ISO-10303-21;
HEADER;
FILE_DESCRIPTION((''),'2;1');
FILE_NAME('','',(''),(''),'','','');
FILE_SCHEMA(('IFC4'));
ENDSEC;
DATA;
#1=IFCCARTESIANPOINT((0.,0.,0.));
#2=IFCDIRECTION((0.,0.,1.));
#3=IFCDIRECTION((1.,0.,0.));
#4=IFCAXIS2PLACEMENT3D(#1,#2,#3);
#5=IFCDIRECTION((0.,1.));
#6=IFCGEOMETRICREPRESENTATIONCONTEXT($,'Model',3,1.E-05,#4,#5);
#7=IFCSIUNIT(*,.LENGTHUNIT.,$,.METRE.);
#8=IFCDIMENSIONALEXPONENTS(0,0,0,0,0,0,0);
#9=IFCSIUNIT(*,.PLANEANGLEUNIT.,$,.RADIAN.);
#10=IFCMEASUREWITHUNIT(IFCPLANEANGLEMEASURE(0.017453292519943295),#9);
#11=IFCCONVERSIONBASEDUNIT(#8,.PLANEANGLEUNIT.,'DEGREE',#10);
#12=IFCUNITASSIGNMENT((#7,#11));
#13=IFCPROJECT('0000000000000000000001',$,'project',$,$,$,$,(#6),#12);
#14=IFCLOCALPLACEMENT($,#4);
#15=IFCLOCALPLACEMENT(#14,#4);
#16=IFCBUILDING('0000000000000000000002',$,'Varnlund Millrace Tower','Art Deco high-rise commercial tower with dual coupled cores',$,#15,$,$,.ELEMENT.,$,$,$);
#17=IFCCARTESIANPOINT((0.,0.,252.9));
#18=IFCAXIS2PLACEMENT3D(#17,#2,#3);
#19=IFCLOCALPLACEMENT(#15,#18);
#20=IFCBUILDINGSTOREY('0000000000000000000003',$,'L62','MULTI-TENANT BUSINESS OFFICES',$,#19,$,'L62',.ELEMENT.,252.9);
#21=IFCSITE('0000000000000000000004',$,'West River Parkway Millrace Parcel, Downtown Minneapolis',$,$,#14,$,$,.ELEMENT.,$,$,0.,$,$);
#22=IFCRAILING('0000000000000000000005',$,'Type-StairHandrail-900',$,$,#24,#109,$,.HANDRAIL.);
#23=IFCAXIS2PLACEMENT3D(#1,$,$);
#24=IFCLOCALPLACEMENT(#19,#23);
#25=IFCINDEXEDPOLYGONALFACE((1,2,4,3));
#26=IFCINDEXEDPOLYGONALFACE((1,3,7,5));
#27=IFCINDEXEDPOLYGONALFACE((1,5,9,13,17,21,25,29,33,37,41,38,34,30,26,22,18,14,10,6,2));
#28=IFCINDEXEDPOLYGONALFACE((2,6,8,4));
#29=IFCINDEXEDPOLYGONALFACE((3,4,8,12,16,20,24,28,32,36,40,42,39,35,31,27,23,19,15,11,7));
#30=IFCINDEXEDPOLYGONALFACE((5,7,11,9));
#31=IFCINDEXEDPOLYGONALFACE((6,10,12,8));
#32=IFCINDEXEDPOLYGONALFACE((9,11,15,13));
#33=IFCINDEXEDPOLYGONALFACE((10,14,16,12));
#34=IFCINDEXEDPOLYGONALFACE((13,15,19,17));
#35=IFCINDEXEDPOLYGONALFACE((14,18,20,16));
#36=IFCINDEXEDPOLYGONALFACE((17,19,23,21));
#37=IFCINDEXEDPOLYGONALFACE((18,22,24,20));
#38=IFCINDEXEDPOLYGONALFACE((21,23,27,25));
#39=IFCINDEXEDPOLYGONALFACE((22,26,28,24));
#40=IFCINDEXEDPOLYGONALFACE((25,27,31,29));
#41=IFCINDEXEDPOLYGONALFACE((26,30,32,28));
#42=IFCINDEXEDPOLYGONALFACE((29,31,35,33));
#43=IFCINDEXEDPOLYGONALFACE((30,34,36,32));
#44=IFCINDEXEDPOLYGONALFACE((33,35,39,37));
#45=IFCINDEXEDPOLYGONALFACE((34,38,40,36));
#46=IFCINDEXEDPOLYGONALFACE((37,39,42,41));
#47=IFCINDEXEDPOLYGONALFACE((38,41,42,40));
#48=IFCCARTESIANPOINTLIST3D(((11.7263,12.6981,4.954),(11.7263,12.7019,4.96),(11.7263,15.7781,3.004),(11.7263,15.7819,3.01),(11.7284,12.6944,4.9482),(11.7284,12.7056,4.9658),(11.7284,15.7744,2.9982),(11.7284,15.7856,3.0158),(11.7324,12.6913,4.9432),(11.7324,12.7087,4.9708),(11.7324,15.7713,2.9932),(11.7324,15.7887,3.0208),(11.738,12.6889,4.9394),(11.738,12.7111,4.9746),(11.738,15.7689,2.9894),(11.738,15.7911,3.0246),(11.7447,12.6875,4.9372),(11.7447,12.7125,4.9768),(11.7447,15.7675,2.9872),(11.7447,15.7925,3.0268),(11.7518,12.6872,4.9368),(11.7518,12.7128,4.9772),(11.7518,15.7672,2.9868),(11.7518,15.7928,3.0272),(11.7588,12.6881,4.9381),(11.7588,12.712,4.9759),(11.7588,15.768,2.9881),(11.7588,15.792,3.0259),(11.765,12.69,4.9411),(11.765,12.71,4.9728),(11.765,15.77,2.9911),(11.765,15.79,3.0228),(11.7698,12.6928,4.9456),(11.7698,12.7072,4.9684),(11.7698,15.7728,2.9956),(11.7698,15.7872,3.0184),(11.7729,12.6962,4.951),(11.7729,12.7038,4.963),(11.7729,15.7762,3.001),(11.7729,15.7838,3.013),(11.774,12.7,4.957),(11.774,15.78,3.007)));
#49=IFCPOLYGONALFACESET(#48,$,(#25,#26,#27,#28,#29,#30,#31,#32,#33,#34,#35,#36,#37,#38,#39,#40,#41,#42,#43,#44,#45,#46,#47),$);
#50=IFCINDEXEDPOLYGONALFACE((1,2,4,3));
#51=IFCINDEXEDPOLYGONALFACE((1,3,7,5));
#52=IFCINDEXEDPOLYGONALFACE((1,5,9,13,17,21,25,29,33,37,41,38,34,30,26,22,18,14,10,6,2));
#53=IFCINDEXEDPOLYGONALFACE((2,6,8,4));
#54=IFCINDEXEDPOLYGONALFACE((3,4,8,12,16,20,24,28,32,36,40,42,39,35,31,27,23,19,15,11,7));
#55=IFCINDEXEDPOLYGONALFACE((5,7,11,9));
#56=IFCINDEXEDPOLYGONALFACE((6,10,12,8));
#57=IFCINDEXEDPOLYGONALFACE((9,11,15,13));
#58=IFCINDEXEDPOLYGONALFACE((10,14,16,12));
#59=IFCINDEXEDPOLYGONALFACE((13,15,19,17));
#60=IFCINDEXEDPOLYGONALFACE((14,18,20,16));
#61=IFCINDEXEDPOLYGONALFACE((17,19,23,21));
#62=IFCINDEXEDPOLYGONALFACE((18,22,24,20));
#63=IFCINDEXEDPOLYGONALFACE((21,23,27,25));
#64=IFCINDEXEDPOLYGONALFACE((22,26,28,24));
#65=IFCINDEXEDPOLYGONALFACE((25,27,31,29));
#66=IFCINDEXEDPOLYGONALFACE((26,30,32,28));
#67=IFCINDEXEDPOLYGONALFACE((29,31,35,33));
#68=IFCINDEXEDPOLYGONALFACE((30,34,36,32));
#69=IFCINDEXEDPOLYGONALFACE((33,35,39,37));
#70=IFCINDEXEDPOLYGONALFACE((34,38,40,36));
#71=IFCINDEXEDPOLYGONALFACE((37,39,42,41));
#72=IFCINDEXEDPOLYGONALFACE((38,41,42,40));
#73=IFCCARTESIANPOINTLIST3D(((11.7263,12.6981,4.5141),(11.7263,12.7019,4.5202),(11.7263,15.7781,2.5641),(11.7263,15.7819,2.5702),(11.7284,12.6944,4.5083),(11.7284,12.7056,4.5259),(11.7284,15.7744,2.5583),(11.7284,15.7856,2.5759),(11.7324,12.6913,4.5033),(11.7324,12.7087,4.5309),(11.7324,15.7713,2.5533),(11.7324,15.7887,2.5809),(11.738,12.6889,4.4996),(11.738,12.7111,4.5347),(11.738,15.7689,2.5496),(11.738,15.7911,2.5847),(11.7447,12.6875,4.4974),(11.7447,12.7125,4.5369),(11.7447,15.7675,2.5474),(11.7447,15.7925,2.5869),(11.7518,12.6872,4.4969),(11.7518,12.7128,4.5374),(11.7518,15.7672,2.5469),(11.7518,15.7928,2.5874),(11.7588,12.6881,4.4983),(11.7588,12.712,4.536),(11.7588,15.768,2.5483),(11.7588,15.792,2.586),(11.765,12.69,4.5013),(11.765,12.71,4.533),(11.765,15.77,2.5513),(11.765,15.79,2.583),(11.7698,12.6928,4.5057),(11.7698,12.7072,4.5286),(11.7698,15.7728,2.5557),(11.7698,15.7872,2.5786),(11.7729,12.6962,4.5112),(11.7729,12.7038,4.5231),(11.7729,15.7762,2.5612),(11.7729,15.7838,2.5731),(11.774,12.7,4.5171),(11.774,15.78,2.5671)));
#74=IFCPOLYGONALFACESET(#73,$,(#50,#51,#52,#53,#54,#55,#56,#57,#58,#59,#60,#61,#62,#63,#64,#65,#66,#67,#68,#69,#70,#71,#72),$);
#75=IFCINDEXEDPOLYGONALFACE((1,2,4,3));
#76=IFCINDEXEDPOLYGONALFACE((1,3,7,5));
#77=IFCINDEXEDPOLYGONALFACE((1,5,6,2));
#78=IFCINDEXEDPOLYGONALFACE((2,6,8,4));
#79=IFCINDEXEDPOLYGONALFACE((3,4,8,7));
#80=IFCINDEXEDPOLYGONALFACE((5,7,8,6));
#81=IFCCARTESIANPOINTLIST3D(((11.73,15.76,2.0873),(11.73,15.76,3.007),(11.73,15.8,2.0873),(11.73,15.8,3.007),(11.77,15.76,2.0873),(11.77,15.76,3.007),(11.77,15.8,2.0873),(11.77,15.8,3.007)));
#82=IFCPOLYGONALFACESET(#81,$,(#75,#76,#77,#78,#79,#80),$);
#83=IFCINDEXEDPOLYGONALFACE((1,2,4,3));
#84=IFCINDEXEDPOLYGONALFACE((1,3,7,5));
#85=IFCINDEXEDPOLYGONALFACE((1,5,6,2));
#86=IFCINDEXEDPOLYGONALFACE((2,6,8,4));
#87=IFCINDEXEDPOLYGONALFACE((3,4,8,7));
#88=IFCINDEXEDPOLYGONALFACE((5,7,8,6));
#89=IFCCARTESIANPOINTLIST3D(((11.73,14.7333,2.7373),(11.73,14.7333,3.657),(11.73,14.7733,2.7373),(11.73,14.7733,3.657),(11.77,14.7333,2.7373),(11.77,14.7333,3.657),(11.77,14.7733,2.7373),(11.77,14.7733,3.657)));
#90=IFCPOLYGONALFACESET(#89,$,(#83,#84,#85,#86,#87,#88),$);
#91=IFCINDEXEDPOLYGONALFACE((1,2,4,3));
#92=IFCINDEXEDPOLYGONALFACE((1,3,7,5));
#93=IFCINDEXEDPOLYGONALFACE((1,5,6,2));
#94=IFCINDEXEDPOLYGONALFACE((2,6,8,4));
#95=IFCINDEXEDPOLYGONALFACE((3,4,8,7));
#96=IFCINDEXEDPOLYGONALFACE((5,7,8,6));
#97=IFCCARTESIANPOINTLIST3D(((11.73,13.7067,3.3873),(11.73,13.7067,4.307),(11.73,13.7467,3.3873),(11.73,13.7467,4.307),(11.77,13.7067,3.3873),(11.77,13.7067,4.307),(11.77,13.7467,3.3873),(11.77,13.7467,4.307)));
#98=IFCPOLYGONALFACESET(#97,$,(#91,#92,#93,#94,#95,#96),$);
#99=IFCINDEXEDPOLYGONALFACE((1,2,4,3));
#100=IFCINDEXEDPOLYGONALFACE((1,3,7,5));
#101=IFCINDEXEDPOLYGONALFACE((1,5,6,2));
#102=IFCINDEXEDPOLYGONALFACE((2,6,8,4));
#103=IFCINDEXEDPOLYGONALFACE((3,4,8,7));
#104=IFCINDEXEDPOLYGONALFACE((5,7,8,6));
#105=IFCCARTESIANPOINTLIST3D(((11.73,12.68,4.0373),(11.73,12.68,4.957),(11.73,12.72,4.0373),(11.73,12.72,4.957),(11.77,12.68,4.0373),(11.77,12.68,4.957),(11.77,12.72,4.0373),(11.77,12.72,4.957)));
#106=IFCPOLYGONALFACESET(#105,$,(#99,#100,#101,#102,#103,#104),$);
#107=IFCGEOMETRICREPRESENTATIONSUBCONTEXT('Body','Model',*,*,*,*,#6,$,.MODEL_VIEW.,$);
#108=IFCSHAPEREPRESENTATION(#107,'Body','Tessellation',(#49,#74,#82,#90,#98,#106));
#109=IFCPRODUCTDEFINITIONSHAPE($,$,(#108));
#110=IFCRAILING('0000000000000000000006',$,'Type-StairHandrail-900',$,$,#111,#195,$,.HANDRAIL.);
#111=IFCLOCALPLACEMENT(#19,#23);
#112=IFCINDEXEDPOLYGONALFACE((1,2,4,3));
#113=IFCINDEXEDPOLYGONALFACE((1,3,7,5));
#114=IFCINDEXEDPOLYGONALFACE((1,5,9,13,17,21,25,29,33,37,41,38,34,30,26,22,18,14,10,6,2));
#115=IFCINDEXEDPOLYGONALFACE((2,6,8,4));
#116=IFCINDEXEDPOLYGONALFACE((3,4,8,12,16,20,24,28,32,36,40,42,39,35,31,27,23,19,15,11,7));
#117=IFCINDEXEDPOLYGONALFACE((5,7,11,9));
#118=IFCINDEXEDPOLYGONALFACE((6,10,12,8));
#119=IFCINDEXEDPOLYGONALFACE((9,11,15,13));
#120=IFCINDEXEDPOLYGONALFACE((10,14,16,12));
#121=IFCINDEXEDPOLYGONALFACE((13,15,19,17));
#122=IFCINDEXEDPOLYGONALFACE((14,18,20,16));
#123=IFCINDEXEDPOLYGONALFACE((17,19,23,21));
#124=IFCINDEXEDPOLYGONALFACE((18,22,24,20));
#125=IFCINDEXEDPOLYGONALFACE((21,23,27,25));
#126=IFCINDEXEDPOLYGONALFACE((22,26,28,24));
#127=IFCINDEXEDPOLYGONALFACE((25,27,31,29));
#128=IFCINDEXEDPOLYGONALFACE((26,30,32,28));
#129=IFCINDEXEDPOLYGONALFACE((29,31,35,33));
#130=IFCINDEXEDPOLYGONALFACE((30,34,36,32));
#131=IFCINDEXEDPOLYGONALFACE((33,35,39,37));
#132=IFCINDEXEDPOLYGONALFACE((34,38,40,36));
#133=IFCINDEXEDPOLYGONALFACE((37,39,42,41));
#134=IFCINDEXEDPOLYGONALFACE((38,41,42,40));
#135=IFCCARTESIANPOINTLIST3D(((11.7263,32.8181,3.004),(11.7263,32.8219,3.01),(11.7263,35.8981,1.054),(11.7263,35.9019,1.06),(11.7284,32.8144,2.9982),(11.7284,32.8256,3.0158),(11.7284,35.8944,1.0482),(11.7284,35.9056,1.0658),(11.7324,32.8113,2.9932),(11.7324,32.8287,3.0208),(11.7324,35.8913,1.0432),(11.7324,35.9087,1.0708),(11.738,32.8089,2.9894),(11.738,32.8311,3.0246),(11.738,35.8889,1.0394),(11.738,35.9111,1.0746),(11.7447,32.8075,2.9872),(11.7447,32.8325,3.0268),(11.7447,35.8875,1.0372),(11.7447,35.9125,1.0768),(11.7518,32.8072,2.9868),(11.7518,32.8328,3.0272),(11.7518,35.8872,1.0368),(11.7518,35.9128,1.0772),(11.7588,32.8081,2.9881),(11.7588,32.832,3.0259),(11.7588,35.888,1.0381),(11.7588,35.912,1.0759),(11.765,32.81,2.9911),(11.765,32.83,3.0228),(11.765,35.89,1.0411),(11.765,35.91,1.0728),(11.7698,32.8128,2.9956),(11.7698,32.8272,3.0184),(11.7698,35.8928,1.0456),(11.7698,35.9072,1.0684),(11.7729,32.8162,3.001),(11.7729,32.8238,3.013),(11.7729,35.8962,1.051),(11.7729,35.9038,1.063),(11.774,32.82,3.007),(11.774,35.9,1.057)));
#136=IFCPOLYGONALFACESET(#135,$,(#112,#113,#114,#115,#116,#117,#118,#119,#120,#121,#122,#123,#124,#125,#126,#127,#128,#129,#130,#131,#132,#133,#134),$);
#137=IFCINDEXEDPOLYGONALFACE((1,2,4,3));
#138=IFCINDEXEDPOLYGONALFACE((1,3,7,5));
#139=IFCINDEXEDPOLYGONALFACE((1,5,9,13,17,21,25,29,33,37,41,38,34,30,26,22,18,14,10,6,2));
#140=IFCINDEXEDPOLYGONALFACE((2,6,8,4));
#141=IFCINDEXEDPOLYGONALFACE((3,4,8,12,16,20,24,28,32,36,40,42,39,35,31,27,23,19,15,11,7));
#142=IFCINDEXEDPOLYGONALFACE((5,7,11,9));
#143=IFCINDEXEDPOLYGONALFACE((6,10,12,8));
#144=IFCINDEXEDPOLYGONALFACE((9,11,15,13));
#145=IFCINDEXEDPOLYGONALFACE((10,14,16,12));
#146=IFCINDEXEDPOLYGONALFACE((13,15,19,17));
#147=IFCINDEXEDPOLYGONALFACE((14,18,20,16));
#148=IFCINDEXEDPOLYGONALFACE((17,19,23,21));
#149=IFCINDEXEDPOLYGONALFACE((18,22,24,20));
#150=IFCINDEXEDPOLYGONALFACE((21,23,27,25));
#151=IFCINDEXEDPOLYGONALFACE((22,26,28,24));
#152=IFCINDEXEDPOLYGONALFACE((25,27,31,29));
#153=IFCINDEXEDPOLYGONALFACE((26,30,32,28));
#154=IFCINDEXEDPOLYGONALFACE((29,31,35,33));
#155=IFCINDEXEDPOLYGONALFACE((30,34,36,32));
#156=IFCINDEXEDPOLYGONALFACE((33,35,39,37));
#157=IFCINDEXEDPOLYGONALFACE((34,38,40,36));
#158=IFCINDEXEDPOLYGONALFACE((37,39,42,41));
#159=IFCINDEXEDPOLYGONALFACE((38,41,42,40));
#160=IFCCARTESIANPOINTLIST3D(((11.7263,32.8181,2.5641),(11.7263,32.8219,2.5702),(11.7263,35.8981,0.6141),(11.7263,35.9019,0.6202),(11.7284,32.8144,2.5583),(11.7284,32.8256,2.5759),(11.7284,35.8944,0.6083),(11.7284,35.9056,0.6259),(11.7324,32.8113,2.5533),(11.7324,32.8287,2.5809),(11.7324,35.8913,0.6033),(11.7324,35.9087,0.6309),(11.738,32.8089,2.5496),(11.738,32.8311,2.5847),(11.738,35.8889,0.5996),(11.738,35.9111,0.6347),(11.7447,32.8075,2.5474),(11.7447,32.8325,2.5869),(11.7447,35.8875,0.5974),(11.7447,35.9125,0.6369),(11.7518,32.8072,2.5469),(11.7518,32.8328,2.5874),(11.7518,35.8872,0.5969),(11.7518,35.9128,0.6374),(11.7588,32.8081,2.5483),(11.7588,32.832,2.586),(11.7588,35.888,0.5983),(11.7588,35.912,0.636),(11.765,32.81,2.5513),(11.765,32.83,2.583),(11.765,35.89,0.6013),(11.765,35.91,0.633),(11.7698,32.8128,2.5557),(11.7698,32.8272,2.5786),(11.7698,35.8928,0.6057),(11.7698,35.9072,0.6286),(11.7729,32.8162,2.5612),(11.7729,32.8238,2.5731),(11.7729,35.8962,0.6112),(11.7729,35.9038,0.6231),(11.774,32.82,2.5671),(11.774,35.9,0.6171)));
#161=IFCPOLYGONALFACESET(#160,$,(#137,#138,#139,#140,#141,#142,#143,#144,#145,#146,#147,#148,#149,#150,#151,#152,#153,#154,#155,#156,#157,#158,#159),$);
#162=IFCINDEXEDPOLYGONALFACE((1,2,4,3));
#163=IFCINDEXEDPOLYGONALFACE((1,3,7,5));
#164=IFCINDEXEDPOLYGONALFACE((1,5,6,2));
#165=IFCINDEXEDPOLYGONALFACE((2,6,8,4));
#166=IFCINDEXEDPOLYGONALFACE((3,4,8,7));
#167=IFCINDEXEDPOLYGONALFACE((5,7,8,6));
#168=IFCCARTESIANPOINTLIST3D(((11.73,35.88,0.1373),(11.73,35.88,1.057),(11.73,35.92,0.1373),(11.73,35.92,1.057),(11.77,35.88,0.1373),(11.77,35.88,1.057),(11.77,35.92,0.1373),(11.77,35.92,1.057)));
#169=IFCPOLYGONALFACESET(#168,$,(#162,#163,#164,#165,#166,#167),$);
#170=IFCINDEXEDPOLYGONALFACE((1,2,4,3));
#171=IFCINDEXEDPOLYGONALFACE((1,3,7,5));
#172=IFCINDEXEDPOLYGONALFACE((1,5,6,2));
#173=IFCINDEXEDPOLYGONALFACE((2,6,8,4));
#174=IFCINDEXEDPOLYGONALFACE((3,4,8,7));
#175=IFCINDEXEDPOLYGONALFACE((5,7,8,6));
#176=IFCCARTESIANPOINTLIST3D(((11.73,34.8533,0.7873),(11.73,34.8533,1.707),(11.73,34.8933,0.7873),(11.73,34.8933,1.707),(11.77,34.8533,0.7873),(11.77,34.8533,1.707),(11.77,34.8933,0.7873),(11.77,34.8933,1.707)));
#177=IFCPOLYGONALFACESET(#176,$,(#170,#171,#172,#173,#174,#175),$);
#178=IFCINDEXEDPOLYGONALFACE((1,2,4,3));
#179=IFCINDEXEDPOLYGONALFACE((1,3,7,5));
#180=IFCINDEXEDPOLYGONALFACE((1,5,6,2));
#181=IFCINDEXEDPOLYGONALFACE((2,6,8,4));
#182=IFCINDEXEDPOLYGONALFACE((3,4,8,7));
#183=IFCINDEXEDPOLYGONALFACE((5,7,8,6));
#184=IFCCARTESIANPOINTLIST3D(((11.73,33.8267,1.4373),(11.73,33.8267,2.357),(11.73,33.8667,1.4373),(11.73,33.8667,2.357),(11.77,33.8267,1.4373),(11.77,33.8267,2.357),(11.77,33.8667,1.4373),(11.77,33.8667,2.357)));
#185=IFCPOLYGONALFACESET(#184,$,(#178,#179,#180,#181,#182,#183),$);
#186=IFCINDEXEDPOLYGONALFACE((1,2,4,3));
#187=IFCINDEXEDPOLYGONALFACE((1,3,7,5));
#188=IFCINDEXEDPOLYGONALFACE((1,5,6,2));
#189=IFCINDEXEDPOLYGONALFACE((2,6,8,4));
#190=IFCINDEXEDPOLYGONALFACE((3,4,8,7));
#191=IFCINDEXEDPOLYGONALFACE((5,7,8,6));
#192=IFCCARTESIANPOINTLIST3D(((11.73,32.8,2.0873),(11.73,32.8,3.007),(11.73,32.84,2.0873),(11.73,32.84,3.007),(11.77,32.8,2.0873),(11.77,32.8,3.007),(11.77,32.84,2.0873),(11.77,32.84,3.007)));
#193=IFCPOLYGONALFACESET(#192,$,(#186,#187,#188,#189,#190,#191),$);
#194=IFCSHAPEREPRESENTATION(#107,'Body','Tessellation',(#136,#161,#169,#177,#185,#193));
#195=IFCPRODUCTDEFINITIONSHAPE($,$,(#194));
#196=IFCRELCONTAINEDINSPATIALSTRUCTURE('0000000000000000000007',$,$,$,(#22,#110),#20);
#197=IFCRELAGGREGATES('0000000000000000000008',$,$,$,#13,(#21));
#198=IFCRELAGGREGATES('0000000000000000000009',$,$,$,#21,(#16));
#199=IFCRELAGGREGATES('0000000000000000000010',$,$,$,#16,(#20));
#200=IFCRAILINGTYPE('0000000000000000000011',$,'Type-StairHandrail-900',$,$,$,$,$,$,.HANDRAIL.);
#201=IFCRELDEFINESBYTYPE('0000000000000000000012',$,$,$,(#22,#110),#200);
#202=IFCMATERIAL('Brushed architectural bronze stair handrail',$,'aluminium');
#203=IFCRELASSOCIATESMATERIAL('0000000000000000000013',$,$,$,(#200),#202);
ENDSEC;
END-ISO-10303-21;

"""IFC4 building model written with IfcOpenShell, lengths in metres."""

from ifc_helpers import new_model, entity, si_unit, converted_unit, direction, frame, origin_with_axes, origin_2d_with_axis, place, context, subcontext, project, spatial, rectangle, circle, extrude, material, type_object, element, save


model = new_model("IFC4")

# Units and contexts
model_context = context("Model", 3, precision=1e-05, world=origin_with_axes(), true_north=direction((0.0, 1.0)))
body_context = subcontext(model_context, "Body", "Model", "MODEL_VIEW")
ifc_project = project(units=[si_unit("LENGTHUNIT", "METRE"), converted_unit("PLANEANGLEUNIT", "DEGREE", entity("IfcPlaneAngleMeasure", 0.017453292519943295), si_unit("PLANEANGLEUNIT", "RADIAN"), dimensions=[0, 0, 0, 0, 0, 0, 0])], contexts=[model_context])

# Site, building, storey
site_placement = place(None, origin_with_axes())
site = spatial("IfcSite", under=ifc_project, at=site_placement, Name="West River Parkway Millrace Parcel, Downtown Minneapolis", CompositionType="ELEMENT", RefElevation=0.0)
building_placement = place(site_placement, origin_with_axes())
building = spatial("IfcBuilding", under=site, at=building_placement, Name="Varnlund Millrace Tower", Description="Art Deco high-rise commercial tower with dual coupled cores", CompositionType="ELEMENT")
storey_placement = place(building_placement, frame((0.0, 0.0, 252.9), z_axis=(0.0, 0.0, 1.0), x_axis=(1.0, 0.0, 0.0)))
storey = spatial("IfcBuildingStorey", under=building, at=storey_placement, Name="L62", Description="MULTI-TENANT BUSINESS OFFICES", LongName="L62", CompositionType="ELEMENT", Elevation=252.9)

# Railings
ifc_material_1 = material(Name="Brushed architectural bronze stair handrail", Category="aluminium")
railing_type_1 = type_object("IfcRailingType", Name="Type-StairHandrail-900", PredefinedType="HANDRAIL", material=ifc_material_1)
railing_1_placement = place(storey_placement, frame((0.0, 0.0, -252.9), z_axis=(0.0, 0.0, 1.0), x_axis=(1.0, 0.0, 0.0)))
element("IfcRailing", 1, at=railing_1_placement, inside=storey, type_object=railing_type_1, Name="Type-StairHandrail-900", PredefinedType="HANDRAIL", context=body_context, shape_type="SweptSolid", body=[
    extrude(circle(Radius=0.024, at=origin_2d_with_axis()), frame((11.75, 15.78, 255.907), z_axis=(0.0, -0.844902, 0.534922), x_axis=(1.0, 0.0, 0.0)), (0.0, 0.0, 1.0), 3.6454),
    extrude(circle(Radius=0.024, at=origin_2d_with_axis()), frame((11.75, 15.78, 255.4671), z_axis=(0.0, -0.844902, 0.534922), x_axis=(1.0, 0.0, 0.0)), (0.0, 0.0, 1.0), 3.6454),
    extrude(rectangle(XDim=0.04, YDim=0.04, at=origin_2d_with_axis()), frame((11.75, 15.78, 254.9873), z_axis=(0.0, 0.0, 1.0), x_axis=(1.0, 0.0, 0.0)), (0.0, 0.0, 1.0), 0.9197),
    extrude(rectangle(XDim=0.04, YDim=0.04, at=origin_2d_with_axis()), frame((11.75, 14.7533, 255.6373), z_axis=(0.0, 0.0, 1.0), x_axis=(1.0, 0.0, 0.0)), (0.0, 0.0, 1.0), 0.9197),
    extrude(rectangle(XDim=0.04, YDim=0.04, at=origin_2d_with_axis()), frame((11.75, 13.7267, 256.2873), z_axis=(0.0, 0.0, 1.0), x_axis=(1.0, 0.0, 0.0)), (0.0, 0.0, 1.0), 0.9197),
    extrude(rectangle(XDim=0.04, YDim=0.04, at=origin_2d_with_axis()), frame((11.75, 12.7, 256.9373), z_axis=(0.0, 0.0, 1.0), x_axis=(1.0, 0.0, 0.0)), (0.0, 0.0, 1.0), 0.9197),
])
railing_2_placement = place(storey_placement, frame((0.0, 0.0, -252.9), z_axis=(0.0, 0.0, 1.0), x_axis=(1.0, 0.0, 0.0)))
element("IfcRailing", 2, at=railing_2_placement, inside=storey, type_object=railing_type_1, Name="Type-StairHandrail-900", PredefinedType="HANDRAIL", context=body_context, shape_type="SweptSolid", body=[
    extrude(circle(Radius=0.024, at=origin_2d_with_axis()), frame((11.75, 35.9, 253.957), z_axis=(0.0, -0.844902, 0.534922), x_axis=(1.0, 0.0, 0.0)), (0.0, 0.0, 1.0), 3.6454),
    extrude(circle(Radius=0.024, at=origin_2d_with_axis()), frame((11.75, 35.9, 253.5171), z_axis=(0.0, -0.844902, 0.534922), x_axis=(1.0, 0.0, 0.0)), (0.0, 0.0, 1.0), 3.6454),
    extrude(rectangle(XDim=0.04, YDim=0.04, at=origin_2d_with_axis()), frame((11.75, 35.9, 253.0373), z_axis=(0.0, 0.0, 1.0), x_axis=(1.0, 0.0, 0.0)), (0.0, 0.0, 1.0), 0.9197),
    extrude(rectangle(XDim=0.04, YDim=0.04, at=origin_2d_with_axis()), frame((11.75, 34.8733, 253.6873), z_axis=(0.0, 0.0, 1.0), x_axis=(1.0, 0.0, 0.0)), (0.0, 0.0, 1.0), 0.9197),
    extrude(rectangle(XDim=0.04, YDim=0.04, at=origin_2d_with_axis()), frame((11.75, 33.8467, 254.3373), z_axis=(0.0, 0.0, 1.0), x_axis=(1.0, 0.0, 0.0)), (0.0, 0.0, 1.0), 0.9197),
    extrude(rectangle(XDim=0.04, YDim=0.04, at=origin_2d_with_axis()), frame((11.75, 32.82, 254.9873), z_axis=(0.0, 0.0, 1.0), x_axis=(1.0, 0.0, 0.0)), (0.0, 0.0, 1.0), 0.9197),
])

save(model, "model.ifc")
